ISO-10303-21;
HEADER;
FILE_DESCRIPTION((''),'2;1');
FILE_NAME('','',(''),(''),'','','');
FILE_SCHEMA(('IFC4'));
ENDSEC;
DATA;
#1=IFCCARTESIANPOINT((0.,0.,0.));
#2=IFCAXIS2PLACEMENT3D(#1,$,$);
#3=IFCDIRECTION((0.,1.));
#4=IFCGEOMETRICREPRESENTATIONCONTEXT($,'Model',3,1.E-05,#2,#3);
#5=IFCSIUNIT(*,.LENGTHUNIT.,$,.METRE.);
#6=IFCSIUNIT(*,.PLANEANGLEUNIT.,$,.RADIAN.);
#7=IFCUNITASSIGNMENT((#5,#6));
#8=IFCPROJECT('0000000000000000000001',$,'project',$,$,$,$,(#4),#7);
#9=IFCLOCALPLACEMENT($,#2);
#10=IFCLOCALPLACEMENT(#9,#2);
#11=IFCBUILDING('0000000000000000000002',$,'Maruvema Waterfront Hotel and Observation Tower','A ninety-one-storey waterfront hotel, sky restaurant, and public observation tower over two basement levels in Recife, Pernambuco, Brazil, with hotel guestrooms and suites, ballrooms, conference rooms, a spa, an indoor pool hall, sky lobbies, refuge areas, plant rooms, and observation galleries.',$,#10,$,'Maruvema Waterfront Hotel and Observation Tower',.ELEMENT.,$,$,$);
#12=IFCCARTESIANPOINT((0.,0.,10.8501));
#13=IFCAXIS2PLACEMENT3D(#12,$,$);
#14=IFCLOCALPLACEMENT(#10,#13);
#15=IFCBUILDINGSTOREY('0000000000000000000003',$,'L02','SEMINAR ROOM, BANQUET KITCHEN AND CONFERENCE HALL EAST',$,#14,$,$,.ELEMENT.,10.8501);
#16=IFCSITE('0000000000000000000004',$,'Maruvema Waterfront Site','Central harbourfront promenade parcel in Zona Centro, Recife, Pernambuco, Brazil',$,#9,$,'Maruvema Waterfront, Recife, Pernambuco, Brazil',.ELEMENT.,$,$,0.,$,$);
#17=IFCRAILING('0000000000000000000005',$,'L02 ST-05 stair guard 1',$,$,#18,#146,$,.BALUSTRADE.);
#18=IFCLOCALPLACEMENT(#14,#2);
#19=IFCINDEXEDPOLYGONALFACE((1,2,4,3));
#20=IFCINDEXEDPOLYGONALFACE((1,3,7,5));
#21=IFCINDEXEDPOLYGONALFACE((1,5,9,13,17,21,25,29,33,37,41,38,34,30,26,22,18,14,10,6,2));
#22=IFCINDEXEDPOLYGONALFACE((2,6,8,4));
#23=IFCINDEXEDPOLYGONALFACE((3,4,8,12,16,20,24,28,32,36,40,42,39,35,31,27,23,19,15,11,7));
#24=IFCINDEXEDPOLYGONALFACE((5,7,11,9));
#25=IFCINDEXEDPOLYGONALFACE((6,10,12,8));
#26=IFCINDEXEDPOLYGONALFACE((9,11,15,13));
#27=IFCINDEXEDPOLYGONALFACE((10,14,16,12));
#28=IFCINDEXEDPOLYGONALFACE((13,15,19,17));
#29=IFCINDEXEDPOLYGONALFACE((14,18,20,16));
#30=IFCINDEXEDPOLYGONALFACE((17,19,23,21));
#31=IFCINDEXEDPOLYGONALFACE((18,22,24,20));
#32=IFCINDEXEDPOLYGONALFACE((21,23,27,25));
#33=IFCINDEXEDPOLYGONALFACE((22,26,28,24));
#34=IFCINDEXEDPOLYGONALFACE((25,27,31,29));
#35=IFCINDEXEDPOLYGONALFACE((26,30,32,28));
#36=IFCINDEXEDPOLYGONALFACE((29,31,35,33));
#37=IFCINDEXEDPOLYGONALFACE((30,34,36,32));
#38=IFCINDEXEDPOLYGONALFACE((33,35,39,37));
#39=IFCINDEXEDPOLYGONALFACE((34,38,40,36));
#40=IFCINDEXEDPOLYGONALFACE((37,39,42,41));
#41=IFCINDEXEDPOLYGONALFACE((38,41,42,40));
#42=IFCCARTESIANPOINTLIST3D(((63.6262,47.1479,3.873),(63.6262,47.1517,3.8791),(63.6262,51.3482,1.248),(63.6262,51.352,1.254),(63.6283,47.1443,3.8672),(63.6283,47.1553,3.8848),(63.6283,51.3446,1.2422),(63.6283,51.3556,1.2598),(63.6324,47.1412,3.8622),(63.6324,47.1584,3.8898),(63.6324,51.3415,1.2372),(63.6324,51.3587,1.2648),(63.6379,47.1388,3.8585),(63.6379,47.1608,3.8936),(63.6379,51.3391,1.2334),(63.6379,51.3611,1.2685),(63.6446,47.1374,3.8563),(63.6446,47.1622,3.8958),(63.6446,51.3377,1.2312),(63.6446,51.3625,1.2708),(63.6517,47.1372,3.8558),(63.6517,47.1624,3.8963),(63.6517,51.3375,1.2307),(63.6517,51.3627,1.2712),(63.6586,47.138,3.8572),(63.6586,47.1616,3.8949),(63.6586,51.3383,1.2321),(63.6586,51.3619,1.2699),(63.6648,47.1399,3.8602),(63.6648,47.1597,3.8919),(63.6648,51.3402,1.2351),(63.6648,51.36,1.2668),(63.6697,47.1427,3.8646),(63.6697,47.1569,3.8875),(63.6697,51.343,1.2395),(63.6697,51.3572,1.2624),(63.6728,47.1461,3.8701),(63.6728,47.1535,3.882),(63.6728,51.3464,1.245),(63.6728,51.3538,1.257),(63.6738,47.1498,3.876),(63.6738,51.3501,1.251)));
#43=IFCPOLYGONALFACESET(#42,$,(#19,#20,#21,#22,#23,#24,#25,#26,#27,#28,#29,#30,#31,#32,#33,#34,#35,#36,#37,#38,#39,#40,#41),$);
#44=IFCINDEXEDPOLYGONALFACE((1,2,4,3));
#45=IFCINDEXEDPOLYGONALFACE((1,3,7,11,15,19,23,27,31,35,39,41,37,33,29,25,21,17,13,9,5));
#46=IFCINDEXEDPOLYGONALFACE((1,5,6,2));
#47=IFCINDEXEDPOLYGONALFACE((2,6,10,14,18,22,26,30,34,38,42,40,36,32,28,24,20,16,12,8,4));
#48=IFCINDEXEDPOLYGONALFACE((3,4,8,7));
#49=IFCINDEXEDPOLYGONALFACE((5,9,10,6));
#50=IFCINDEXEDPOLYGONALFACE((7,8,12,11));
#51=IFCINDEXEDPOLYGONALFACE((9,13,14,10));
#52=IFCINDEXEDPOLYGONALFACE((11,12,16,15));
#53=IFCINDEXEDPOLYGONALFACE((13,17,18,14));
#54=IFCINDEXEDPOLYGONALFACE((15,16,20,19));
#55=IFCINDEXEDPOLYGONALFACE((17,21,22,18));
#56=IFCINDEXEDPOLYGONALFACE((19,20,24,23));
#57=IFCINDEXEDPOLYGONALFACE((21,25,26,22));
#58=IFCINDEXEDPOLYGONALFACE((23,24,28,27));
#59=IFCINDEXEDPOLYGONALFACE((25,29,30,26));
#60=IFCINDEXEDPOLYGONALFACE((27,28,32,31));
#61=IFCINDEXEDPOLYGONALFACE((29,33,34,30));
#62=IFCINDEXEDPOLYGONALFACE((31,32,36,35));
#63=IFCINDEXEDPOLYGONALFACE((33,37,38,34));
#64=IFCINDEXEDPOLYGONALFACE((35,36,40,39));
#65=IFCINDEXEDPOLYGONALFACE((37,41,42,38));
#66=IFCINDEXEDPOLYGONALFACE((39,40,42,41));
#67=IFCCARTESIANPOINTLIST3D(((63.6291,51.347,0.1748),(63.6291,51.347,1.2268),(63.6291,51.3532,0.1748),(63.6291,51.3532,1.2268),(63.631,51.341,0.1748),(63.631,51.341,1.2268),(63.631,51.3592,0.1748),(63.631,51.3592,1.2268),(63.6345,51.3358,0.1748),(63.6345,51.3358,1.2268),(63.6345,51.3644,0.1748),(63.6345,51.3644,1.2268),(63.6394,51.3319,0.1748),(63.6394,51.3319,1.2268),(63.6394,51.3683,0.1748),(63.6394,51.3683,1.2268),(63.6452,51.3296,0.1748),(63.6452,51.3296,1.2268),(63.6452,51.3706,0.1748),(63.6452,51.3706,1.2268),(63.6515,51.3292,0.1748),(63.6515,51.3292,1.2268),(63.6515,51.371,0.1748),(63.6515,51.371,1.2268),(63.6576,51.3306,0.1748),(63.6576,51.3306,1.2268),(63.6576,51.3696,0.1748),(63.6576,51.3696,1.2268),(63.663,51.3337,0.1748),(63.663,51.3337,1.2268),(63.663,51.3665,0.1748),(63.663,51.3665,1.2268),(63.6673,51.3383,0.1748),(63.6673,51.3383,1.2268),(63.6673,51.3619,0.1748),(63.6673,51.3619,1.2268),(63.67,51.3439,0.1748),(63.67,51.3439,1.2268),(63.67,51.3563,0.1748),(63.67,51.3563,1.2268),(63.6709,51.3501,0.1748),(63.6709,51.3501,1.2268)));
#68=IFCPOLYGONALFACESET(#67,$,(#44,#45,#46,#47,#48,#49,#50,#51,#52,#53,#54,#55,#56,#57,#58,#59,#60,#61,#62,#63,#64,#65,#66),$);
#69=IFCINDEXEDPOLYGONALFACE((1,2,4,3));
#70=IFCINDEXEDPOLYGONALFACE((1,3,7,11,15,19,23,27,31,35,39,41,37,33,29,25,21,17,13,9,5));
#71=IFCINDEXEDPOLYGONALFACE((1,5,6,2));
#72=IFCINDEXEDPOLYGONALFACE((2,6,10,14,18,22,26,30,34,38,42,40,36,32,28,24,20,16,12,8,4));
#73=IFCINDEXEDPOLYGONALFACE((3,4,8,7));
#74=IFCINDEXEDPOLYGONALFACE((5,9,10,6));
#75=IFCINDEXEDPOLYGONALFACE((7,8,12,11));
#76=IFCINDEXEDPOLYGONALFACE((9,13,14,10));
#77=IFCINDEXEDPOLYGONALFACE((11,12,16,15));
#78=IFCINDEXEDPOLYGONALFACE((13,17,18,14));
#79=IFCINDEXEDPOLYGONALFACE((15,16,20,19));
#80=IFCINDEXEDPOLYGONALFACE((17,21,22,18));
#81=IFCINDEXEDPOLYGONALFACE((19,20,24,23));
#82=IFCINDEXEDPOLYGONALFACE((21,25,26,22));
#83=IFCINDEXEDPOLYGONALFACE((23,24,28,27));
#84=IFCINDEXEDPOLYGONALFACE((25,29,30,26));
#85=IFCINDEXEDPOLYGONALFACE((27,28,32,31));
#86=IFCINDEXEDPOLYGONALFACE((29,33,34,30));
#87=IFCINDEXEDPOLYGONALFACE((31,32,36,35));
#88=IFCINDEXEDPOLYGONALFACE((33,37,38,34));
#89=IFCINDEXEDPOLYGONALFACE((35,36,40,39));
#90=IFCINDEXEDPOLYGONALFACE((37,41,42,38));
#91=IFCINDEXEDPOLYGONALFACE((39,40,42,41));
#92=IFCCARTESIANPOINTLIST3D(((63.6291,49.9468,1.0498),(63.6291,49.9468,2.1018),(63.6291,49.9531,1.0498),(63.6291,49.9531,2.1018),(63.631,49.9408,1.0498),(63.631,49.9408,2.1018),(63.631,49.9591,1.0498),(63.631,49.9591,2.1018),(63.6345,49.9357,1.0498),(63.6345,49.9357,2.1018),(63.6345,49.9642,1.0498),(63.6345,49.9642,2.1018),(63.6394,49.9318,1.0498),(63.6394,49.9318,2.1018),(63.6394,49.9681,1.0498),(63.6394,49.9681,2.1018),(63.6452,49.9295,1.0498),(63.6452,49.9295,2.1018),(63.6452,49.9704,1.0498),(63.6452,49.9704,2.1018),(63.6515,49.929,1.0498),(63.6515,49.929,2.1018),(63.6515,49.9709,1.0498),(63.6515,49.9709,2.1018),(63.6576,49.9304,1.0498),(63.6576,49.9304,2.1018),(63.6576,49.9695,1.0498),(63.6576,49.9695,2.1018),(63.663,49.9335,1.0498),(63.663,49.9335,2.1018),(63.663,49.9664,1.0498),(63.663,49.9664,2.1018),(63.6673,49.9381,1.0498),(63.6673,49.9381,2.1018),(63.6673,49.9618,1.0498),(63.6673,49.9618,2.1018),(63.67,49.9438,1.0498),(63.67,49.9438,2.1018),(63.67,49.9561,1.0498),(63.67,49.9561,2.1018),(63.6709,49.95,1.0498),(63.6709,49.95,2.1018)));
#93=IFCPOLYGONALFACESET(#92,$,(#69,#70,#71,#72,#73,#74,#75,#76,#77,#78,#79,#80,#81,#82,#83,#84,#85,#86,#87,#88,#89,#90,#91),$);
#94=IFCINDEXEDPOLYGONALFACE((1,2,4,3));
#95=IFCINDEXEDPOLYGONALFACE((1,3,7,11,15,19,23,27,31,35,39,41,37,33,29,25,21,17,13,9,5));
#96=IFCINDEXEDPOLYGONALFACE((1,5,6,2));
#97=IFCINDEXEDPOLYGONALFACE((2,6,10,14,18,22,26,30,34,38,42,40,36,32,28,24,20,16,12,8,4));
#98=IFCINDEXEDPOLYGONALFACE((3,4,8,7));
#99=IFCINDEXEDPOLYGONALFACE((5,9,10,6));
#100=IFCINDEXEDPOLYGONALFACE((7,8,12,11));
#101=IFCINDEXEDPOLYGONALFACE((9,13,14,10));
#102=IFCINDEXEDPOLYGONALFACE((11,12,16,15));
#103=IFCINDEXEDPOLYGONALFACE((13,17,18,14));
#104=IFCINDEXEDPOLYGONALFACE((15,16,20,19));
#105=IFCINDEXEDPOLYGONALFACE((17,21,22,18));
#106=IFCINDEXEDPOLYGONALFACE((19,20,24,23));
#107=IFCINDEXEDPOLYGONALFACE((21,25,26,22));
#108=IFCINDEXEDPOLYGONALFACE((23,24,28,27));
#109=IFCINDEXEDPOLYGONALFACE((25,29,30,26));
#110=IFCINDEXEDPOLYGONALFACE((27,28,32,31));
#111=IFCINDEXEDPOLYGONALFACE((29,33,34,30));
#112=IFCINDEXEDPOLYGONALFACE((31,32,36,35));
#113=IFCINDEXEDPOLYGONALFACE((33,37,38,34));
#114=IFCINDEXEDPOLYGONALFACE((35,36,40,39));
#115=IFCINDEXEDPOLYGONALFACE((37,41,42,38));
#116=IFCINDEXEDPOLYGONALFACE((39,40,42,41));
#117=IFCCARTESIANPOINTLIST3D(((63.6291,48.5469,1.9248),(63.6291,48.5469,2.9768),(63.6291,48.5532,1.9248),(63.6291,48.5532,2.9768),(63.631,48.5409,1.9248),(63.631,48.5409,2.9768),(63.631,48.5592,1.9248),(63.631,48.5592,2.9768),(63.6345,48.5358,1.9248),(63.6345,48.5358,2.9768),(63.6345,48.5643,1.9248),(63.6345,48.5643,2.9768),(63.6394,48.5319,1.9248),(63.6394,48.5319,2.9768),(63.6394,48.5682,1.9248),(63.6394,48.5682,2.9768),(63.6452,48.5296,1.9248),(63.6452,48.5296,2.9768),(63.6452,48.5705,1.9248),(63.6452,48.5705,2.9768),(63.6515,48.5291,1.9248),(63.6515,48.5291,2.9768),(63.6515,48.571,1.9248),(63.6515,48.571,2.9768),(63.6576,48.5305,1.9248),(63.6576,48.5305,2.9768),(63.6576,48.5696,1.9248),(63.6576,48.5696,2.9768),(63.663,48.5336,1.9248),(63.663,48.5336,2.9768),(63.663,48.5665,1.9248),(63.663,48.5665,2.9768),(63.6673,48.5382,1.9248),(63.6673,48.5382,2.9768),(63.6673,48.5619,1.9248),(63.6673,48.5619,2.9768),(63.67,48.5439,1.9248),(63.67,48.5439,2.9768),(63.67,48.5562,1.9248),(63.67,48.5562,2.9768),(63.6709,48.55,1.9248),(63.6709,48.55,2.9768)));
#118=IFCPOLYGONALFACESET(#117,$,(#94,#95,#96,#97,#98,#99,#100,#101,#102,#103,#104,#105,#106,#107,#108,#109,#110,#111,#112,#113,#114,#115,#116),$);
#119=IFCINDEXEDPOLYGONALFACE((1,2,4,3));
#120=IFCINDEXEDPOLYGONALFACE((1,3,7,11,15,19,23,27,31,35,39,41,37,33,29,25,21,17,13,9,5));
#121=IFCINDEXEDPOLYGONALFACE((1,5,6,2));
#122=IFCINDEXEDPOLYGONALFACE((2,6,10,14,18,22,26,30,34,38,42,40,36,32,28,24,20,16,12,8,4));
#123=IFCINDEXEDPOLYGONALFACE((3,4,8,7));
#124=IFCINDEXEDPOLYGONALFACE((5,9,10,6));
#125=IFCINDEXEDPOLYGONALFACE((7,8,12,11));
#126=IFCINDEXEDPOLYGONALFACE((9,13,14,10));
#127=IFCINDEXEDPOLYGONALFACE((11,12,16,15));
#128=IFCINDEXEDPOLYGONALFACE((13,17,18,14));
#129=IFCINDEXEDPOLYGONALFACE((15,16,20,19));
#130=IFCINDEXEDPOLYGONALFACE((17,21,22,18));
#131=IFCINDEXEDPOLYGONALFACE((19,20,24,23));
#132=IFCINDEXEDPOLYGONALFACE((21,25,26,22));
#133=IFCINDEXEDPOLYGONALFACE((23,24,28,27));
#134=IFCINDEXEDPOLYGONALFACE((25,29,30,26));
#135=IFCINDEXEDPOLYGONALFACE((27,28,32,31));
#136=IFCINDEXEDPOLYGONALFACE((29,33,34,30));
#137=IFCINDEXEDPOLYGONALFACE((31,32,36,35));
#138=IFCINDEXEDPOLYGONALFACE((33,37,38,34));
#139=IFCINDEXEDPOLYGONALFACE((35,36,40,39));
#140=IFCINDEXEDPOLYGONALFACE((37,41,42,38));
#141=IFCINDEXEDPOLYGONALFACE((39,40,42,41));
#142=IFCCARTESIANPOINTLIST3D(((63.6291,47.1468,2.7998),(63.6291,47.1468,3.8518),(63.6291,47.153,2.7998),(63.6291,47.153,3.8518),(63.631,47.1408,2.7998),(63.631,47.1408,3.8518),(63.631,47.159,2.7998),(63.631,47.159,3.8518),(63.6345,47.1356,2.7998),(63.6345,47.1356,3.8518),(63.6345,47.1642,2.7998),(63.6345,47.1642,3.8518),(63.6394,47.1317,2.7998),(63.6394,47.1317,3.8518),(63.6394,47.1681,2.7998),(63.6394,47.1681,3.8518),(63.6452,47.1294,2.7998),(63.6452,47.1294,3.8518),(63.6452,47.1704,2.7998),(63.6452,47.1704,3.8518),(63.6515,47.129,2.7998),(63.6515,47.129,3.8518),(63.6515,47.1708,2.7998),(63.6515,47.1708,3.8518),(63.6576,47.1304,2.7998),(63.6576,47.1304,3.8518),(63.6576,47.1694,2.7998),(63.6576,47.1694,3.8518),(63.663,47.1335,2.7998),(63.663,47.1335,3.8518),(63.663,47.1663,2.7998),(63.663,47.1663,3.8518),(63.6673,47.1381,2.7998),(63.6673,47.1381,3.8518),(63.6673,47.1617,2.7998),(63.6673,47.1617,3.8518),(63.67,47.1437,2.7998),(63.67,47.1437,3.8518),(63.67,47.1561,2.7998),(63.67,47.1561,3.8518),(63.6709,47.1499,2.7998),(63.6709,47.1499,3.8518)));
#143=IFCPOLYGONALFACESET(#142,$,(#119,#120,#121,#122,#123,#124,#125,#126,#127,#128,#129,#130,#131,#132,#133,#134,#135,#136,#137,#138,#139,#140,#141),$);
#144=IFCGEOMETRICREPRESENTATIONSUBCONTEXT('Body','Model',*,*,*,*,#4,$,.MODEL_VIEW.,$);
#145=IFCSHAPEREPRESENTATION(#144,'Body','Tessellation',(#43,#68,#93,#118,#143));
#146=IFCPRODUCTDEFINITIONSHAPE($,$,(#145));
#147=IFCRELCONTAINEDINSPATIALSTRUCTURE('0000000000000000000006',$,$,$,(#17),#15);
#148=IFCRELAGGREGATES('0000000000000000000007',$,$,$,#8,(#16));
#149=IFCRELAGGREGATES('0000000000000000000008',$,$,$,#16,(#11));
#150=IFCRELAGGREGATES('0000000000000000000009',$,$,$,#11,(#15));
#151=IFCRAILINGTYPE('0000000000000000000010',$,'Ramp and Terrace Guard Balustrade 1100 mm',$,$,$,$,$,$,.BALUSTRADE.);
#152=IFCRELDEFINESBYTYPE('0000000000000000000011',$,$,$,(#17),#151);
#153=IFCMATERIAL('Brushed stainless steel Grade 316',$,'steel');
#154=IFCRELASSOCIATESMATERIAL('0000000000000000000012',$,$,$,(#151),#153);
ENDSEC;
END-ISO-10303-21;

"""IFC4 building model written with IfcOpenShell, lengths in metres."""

from ifc_helpers import new_model, si_unit, direction, frame, origin, origin_2d, place, context, subcontext, project, spatial, circle, extrude, material, type_object, element, save


model = new_model("IFC4")

# Units and contexts
model_context = context("Model", 3, precision=1e-05, world=origin(), true_north=direction((0.0, 1.0)))
body_context = subcontext(model_context, "Body", "Model", "MODEL_VIEW")
ifc_project = project(units=[si_unit("LENGTHUNIT", "METRE"), si_unit("PLANEANGLEUNIT", "RADIAN")], contexts=[model_context])

# Site, building, storey
site_placement = place(None, origin())
site = spatial("IfcSite", under=ifc_project, at=site_placement, Name="Maruvema Waterfront Site", Description="Central harbourfront promenade parcel in Zona Centro, Recife, Pernambuco, Brazil", LongName="Maruvema Waterfront, Recife, Pernambuco, Brazil", CompositionType="ELEMENT", RefElevation=0.0)
building_placement = place(site_placement, origin())
building = spatial("IfcBuilding", under=site, at=building_placement, Name="Maruvema Waterfront Hotel and Observation Tower", Description="A ninety-one-storey waterfront hotel, sky restaurant, and public observation tower over two basement levels in Recife, Pernambuco, Brazil, with hotel guestrooms and suites, ballrooms, conference rooms, a spa, an indoor pool hall, sky lobbies, refuge areas, plant rooms, and observation galleries.", LongName="Maruvema Waterfront Hotel and Observation Tower", CompositionType="ELEMENT")
storey_placement = place(building_placement, frame((0.0, 0.0, 10.8501)))
storey = spatial("IfcBuildingStorey", under=building, at=storey_placement, Name="L02", Description="SEMINAR ROOM, BANQUET KITCHEN AND CONFERENCE HALL EAST", CompositionType="ELEMENT", Elevation=10.8501)

# Railing
ifc_material_1 = material(Name="Brushed stainless steel Grade 316", Category="steel")
railing_type_1 = type_object("IfcRailingType", Name="Ramp and Terrace Guard Balustrade 1100 mm", PredefinedType="BALUSTRADE", material=ifc_material_1)
railing_1_placement = place(storey_placement, frame((63.6499, 51.3501, 0.1748)))
element("IfcRailing", 1, at=railing_1_placement, inside=storey, type_object=railing_type_1, Name="L02 ST-05 stair guard 1", PredefinedType="BALUSTRADE", context=body_context, shape_type="SweptSolid", body=[
    extrude(circle(Radius=0.0239, at=origin_2d()), frame((0.0, 0.0, 1.0762), z_axis=(0.0, -0.848009, 0.529981), x_axis=(1.0, 0.0, 0.0)), (0.0, 0.0, 1.0), 4.9531),
    extrude(circle(Radius=0.021, at=origin_2d()), origin(), (0.0, 0.0, 1.0), 1.052),
    extrude(circle(Radius=0.021, at=origin_2d()), frame((0.0, -1.4001, 0.875)), (0.0, 0.0, 1.0), 1.052),
    extrude(circle(Radius=0.021, at=origin_2d()), frame((0.0, -2.8, 1.75)), (0.0, 0.0, 1.0), 1.052),
    extrude(circle(Radius=0.021, at=origin_2d()), frame((0.0, -4.2002, 2.625)), (0.0, 0.0, 1.0), 1.052),
])

save(model, "model.ifc")
